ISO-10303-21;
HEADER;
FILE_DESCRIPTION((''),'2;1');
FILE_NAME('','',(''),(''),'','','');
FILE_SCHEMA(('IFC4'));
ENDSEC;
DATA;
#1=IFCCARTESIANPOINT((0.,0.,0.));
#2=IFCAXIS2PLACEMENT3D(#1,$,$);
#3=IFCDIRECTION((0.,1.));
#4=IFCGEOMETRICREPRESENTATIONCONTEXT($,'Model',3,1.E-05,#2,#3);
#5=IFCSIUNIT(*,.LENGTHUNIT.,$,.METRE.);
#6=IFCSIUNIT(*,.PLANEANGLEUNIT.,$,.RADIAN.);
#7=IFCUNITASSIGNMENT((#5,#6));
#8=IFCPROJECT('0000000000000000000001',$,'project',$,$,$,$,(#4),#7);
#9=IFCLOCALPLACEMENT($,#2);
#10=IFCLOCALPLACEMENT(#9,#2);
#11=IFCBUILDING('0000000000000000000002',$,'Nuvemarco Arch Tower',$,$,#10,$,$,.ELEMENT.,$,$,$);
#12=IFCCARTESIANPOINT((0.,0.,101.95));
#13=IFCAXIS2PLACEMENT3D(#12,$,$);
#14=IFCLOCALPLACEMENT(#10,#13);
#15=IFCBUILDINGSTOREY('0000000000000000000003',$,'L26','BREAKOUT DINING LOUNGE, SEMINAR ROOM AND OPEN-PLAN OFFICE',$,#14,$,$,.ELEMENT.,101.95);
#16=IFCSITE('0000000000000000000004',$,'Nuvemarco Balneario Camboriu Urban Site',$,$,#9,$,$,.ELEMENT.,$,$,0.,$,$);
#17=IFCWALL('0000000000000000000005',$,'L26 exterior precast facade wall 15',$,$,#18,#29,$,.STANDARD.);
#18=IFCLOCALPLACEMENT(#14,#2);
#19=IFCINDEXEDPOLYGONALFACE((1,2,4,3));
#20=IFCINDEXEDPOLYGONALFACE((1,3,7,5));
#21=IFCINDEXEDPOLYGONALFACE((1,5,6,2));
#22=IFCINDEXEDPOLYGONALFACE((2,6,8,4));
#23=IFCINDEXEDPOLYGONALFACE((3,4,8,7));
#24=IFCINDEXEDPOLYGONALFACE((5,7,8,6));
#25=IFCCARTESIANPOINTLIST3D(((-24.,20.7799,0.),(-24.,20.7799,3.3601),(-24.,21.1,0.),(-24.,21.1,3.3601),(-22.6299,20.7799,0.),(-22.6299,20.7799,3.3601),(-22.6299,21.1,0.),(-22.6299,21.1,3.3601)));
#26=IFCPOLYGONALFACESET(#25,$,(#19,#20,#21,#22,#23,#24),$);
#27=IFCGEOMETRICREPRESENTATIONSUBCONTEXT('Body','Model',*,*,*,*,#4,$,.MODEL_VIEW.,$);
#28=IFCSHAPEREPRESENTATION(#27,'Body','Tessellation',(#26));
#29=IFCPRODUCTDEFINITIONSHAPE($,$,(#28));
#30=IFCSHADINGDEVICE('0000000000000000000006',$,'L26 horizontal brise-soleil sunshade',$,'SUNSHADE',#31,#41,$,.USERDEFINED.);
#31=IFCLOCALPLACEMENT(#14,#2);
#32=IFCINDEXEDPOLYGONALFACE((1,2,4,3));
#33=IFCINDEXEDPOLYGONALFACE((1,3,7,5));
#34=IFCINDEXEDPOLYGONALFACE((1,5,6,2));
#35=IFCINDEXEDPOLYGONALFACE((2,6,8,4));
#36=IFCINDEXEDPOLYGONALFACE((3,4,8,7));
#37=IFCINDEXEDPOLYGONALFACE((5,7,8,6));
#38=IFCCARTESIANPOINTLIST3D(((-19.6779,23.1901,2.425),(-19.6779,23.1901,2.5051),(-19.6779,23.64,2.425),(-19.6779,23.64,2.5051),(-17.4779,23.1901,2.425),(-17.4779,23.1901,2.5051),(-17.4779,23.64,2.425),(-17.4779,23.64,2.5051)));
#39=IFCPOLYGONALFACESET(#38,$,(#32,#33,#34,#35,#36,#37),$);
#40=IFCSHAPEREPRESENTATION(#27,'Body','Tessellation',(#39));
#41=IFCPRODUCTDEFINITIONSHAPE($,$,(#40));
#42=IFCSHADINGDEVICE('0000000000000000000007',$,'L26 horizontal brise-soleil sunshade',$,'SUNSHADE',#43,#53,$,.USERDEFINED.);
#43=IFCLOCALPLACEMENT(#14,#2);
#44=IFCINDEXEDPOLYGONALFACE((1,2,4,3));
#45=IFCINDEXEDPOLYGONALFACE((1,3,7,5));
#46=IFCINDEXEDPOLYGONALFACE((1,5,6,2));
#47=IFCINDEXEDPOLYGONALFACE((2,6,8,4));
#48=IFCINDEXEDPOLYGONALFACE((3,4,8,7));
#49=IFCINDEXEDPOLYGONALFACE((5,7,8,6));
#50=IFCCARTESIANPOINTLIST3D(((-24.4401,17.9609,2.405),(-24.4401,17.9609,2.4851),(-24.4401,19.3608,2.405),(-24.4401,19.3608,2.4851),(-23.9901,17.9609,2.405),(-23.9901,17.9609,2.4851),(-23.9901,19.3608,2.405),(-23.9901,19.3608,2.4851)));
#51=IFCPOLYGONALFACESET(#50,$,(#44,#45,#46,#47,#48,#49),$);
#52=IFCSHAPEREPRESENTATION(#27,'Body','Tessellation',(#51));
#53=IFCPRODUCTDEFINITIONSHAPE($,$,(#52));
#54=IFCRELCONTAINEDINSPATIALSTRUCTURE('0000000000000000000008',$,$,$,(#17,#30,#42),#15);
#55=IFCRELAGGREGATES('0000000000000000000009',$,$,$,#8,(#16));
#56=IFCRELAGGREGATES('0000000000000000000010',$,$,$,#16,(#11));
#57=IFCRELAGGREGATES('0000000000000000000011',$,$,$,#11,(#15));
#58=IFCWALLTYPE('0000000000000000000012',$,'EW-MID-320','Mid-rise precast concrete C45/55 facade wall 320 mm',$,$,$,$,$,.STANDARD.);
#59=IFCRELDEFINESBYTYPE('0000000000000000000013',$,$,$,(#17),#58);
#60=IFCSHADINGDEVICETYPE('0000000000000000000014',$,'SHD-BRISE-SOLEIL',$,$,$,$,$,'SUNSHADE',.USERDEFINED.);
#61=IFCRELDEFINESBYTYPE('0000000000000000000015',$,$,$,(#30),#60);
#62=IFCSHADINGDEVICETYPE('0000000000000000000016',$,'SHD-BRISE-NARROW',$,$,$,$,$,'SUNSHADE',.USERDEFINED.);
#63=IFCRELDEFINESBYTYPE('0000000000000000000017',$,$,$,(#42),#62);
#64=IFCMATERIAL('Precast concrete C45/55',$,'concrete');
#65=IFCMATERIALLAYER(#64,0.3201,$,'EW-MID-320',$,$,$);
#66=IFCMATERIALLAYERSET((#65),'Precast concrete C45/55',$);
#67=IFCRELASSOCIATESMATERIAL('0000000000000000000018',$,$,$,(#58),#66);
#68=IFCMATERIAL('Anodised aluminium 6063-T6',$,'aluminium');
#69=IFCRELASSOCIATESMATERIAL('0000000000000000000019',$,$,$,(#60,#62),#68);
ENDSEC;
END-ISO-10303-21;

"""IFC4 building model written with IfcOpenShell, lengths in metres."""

from ifc_helpers import new_model, si_unit, direction, frame, frame_2d, origin, origin_2d, place, context, subcontext, project, spatial, rectangle, extrude, source, transform, mapped, material, layer, layer_set, type_object, type_shapes, element, save


model = new_model("IFC4")

# Units and contexts
model_context = context("Model", 3, precision=1e-05, world=origin(), true_north=direction((0.0, 1.0)))
body_context = subcontext(model_context, "Body", "Model", "MODEL_VIEW")
ifc_project = project(units=[si_unit("LENGTHUNIT", "METRE"), si_unit("PLANEANGLEUNIT", "RADIAN")], contexts=[model_context])

# Site, building, storey
site_placement = place(None, origin())
site = spatial("IfcSite", under=ifc_project, at=site_placement, Name="Nuvemarco Balneario Camboriu Urban Site", CompositionType="ELEMENT", RefElevation=0.0)
building_placement = place(site_placement, origin())
building = spatial("IfcBuilding", under=site, at=building_placement, Name="Nuvemarco Arch Tower", CompositionType="ELEMENT")
storey_placement = place(building_placement, frame((0.0, 0.0, 101.95)))
storey = spatial("IfcBuildingStorey", under=building, at=storey_placement, Name="L26", Description="BREAKOUT DINING LOUNGE, SEMINAR ROOM AND OPEN-PLAN OFFICE", CompositionType="ELEMENT", Elevation=101.95)

# Shared definitions
ifc_material_1 = material(Name="Precast concrete C45/55", Category="concrete")
ifc_layer = layer(ifc_material_1, 0.3201, Name="EW-MID-320")
ifc_layer_set = layer_set([ifc_layer], Name="Precast concrete C45/55")
wall_type = type_object("IfcWallType", Name="EW-MID-320", Description="Mid-rise precast concrete C45/55 facade wall 320 mm", PredefinedType="STANDARD", material=ifc_layer_set)

# Wall
wall_1_placement = place(storey_placement, frame((-24.0, 20.9399, 0.0), z_axis=(0.0, 0.0, 1.0), x_axis=(1.0, 0.0, 0.0)))
element("IfcWall", 1, at=wall_1_placement, inside=storey, type_object=wall_type, Name="L26 exterior precast facade wall 15", PredefinedType="STANDARD", context=body_context, shape_type="SweptSolid", body=[
    extrude(rectangle(XDim=1.3701, YDim=0.3201, at=frame_2d((0.6851, 0.0))), origin(), (0.0, 0.0, 1.0), 3.3601),
])

# Shading devices
ifc_material_2 = material(Name="Anodised aluminium 6063-T6", Category="aluminium")
shading_device_type_1 = type_object("IfcShadingDeviceType", Name="SHD-BRISE-SOLEIL", ElementType="SUNSHADE", PredefinedType="USERDEFINED", material=ifc_material_2)
shared_shape_1 = source(origin(), body_context, "Body", "SweptSolid", [
    extrude(rectangle(XDim=2.2, YDim=0.45, at=origin_2d()), origin(), (0.0, 0.0, 1.0), 0.0801),
])
type_shapes(shading_device_type_1, [shared_shape_1])
shading_device_1_placement = place(storey_placement, frame((-18.5779, 23.415, 2.425), z_axis=(0.0, 0.0, 1.0), x_axis=(1.0, 0.0, 0.0)))
element("IfcShadingDevice", 2, at=shading_device_1_placement, inside=storey, type_object=shading_device_type_1, Name="L26 horizontal brise-soleil sunshade", ObjectType="SUNSHADE", PredefinedType="USERDEFINED", context=body_context, shape_type="MappedRepresentation", body=[
    mapped(shared_shape_1, transform((0.0, 0.0, 0.0), scale=1.0)),
])
shading_device_type_2 = type_object("IfcShadingDeviceType", Name="SHD-BRISE-NARROW", ElementType="SUNSHADE", PredefinedType="USERDEFINED", material=ifc_material_2)
shared_shape_2 = source(origin(), body_context, "Body", "SweptSolid", [
    extrude(rectangle(XDim=1.3999, YDim=0.45, at=origin_2d()), origin(), (0.0, 0.0, 1.0), 0.0801),
])
type_shapes(shading_device_type_2, [shared_shape_2])
shading_device_2_placement = place(storey_placement, frame((-24.2151, 18.6609, 2.405), z_axis=(0.0, 0.0, 1.0), x_axis=(0.0, 1.0, 0.0)))
element("IfcShadingDevice", 3, at=shading_device_2_placement, inside=storey, type_object=shading_device_type_2, Name="L26 horizontal brise-soleil sunshade", ObjectType="SUNSHADE", PredefinedType="USERDEFINED", context=body_context, shape_type="MappedRepresentation", body=[
    mapped(shared_shape_2, transform((0.0, 0.0, 0.0), scale=1.0)),
])

save(model, "model.ifc")
